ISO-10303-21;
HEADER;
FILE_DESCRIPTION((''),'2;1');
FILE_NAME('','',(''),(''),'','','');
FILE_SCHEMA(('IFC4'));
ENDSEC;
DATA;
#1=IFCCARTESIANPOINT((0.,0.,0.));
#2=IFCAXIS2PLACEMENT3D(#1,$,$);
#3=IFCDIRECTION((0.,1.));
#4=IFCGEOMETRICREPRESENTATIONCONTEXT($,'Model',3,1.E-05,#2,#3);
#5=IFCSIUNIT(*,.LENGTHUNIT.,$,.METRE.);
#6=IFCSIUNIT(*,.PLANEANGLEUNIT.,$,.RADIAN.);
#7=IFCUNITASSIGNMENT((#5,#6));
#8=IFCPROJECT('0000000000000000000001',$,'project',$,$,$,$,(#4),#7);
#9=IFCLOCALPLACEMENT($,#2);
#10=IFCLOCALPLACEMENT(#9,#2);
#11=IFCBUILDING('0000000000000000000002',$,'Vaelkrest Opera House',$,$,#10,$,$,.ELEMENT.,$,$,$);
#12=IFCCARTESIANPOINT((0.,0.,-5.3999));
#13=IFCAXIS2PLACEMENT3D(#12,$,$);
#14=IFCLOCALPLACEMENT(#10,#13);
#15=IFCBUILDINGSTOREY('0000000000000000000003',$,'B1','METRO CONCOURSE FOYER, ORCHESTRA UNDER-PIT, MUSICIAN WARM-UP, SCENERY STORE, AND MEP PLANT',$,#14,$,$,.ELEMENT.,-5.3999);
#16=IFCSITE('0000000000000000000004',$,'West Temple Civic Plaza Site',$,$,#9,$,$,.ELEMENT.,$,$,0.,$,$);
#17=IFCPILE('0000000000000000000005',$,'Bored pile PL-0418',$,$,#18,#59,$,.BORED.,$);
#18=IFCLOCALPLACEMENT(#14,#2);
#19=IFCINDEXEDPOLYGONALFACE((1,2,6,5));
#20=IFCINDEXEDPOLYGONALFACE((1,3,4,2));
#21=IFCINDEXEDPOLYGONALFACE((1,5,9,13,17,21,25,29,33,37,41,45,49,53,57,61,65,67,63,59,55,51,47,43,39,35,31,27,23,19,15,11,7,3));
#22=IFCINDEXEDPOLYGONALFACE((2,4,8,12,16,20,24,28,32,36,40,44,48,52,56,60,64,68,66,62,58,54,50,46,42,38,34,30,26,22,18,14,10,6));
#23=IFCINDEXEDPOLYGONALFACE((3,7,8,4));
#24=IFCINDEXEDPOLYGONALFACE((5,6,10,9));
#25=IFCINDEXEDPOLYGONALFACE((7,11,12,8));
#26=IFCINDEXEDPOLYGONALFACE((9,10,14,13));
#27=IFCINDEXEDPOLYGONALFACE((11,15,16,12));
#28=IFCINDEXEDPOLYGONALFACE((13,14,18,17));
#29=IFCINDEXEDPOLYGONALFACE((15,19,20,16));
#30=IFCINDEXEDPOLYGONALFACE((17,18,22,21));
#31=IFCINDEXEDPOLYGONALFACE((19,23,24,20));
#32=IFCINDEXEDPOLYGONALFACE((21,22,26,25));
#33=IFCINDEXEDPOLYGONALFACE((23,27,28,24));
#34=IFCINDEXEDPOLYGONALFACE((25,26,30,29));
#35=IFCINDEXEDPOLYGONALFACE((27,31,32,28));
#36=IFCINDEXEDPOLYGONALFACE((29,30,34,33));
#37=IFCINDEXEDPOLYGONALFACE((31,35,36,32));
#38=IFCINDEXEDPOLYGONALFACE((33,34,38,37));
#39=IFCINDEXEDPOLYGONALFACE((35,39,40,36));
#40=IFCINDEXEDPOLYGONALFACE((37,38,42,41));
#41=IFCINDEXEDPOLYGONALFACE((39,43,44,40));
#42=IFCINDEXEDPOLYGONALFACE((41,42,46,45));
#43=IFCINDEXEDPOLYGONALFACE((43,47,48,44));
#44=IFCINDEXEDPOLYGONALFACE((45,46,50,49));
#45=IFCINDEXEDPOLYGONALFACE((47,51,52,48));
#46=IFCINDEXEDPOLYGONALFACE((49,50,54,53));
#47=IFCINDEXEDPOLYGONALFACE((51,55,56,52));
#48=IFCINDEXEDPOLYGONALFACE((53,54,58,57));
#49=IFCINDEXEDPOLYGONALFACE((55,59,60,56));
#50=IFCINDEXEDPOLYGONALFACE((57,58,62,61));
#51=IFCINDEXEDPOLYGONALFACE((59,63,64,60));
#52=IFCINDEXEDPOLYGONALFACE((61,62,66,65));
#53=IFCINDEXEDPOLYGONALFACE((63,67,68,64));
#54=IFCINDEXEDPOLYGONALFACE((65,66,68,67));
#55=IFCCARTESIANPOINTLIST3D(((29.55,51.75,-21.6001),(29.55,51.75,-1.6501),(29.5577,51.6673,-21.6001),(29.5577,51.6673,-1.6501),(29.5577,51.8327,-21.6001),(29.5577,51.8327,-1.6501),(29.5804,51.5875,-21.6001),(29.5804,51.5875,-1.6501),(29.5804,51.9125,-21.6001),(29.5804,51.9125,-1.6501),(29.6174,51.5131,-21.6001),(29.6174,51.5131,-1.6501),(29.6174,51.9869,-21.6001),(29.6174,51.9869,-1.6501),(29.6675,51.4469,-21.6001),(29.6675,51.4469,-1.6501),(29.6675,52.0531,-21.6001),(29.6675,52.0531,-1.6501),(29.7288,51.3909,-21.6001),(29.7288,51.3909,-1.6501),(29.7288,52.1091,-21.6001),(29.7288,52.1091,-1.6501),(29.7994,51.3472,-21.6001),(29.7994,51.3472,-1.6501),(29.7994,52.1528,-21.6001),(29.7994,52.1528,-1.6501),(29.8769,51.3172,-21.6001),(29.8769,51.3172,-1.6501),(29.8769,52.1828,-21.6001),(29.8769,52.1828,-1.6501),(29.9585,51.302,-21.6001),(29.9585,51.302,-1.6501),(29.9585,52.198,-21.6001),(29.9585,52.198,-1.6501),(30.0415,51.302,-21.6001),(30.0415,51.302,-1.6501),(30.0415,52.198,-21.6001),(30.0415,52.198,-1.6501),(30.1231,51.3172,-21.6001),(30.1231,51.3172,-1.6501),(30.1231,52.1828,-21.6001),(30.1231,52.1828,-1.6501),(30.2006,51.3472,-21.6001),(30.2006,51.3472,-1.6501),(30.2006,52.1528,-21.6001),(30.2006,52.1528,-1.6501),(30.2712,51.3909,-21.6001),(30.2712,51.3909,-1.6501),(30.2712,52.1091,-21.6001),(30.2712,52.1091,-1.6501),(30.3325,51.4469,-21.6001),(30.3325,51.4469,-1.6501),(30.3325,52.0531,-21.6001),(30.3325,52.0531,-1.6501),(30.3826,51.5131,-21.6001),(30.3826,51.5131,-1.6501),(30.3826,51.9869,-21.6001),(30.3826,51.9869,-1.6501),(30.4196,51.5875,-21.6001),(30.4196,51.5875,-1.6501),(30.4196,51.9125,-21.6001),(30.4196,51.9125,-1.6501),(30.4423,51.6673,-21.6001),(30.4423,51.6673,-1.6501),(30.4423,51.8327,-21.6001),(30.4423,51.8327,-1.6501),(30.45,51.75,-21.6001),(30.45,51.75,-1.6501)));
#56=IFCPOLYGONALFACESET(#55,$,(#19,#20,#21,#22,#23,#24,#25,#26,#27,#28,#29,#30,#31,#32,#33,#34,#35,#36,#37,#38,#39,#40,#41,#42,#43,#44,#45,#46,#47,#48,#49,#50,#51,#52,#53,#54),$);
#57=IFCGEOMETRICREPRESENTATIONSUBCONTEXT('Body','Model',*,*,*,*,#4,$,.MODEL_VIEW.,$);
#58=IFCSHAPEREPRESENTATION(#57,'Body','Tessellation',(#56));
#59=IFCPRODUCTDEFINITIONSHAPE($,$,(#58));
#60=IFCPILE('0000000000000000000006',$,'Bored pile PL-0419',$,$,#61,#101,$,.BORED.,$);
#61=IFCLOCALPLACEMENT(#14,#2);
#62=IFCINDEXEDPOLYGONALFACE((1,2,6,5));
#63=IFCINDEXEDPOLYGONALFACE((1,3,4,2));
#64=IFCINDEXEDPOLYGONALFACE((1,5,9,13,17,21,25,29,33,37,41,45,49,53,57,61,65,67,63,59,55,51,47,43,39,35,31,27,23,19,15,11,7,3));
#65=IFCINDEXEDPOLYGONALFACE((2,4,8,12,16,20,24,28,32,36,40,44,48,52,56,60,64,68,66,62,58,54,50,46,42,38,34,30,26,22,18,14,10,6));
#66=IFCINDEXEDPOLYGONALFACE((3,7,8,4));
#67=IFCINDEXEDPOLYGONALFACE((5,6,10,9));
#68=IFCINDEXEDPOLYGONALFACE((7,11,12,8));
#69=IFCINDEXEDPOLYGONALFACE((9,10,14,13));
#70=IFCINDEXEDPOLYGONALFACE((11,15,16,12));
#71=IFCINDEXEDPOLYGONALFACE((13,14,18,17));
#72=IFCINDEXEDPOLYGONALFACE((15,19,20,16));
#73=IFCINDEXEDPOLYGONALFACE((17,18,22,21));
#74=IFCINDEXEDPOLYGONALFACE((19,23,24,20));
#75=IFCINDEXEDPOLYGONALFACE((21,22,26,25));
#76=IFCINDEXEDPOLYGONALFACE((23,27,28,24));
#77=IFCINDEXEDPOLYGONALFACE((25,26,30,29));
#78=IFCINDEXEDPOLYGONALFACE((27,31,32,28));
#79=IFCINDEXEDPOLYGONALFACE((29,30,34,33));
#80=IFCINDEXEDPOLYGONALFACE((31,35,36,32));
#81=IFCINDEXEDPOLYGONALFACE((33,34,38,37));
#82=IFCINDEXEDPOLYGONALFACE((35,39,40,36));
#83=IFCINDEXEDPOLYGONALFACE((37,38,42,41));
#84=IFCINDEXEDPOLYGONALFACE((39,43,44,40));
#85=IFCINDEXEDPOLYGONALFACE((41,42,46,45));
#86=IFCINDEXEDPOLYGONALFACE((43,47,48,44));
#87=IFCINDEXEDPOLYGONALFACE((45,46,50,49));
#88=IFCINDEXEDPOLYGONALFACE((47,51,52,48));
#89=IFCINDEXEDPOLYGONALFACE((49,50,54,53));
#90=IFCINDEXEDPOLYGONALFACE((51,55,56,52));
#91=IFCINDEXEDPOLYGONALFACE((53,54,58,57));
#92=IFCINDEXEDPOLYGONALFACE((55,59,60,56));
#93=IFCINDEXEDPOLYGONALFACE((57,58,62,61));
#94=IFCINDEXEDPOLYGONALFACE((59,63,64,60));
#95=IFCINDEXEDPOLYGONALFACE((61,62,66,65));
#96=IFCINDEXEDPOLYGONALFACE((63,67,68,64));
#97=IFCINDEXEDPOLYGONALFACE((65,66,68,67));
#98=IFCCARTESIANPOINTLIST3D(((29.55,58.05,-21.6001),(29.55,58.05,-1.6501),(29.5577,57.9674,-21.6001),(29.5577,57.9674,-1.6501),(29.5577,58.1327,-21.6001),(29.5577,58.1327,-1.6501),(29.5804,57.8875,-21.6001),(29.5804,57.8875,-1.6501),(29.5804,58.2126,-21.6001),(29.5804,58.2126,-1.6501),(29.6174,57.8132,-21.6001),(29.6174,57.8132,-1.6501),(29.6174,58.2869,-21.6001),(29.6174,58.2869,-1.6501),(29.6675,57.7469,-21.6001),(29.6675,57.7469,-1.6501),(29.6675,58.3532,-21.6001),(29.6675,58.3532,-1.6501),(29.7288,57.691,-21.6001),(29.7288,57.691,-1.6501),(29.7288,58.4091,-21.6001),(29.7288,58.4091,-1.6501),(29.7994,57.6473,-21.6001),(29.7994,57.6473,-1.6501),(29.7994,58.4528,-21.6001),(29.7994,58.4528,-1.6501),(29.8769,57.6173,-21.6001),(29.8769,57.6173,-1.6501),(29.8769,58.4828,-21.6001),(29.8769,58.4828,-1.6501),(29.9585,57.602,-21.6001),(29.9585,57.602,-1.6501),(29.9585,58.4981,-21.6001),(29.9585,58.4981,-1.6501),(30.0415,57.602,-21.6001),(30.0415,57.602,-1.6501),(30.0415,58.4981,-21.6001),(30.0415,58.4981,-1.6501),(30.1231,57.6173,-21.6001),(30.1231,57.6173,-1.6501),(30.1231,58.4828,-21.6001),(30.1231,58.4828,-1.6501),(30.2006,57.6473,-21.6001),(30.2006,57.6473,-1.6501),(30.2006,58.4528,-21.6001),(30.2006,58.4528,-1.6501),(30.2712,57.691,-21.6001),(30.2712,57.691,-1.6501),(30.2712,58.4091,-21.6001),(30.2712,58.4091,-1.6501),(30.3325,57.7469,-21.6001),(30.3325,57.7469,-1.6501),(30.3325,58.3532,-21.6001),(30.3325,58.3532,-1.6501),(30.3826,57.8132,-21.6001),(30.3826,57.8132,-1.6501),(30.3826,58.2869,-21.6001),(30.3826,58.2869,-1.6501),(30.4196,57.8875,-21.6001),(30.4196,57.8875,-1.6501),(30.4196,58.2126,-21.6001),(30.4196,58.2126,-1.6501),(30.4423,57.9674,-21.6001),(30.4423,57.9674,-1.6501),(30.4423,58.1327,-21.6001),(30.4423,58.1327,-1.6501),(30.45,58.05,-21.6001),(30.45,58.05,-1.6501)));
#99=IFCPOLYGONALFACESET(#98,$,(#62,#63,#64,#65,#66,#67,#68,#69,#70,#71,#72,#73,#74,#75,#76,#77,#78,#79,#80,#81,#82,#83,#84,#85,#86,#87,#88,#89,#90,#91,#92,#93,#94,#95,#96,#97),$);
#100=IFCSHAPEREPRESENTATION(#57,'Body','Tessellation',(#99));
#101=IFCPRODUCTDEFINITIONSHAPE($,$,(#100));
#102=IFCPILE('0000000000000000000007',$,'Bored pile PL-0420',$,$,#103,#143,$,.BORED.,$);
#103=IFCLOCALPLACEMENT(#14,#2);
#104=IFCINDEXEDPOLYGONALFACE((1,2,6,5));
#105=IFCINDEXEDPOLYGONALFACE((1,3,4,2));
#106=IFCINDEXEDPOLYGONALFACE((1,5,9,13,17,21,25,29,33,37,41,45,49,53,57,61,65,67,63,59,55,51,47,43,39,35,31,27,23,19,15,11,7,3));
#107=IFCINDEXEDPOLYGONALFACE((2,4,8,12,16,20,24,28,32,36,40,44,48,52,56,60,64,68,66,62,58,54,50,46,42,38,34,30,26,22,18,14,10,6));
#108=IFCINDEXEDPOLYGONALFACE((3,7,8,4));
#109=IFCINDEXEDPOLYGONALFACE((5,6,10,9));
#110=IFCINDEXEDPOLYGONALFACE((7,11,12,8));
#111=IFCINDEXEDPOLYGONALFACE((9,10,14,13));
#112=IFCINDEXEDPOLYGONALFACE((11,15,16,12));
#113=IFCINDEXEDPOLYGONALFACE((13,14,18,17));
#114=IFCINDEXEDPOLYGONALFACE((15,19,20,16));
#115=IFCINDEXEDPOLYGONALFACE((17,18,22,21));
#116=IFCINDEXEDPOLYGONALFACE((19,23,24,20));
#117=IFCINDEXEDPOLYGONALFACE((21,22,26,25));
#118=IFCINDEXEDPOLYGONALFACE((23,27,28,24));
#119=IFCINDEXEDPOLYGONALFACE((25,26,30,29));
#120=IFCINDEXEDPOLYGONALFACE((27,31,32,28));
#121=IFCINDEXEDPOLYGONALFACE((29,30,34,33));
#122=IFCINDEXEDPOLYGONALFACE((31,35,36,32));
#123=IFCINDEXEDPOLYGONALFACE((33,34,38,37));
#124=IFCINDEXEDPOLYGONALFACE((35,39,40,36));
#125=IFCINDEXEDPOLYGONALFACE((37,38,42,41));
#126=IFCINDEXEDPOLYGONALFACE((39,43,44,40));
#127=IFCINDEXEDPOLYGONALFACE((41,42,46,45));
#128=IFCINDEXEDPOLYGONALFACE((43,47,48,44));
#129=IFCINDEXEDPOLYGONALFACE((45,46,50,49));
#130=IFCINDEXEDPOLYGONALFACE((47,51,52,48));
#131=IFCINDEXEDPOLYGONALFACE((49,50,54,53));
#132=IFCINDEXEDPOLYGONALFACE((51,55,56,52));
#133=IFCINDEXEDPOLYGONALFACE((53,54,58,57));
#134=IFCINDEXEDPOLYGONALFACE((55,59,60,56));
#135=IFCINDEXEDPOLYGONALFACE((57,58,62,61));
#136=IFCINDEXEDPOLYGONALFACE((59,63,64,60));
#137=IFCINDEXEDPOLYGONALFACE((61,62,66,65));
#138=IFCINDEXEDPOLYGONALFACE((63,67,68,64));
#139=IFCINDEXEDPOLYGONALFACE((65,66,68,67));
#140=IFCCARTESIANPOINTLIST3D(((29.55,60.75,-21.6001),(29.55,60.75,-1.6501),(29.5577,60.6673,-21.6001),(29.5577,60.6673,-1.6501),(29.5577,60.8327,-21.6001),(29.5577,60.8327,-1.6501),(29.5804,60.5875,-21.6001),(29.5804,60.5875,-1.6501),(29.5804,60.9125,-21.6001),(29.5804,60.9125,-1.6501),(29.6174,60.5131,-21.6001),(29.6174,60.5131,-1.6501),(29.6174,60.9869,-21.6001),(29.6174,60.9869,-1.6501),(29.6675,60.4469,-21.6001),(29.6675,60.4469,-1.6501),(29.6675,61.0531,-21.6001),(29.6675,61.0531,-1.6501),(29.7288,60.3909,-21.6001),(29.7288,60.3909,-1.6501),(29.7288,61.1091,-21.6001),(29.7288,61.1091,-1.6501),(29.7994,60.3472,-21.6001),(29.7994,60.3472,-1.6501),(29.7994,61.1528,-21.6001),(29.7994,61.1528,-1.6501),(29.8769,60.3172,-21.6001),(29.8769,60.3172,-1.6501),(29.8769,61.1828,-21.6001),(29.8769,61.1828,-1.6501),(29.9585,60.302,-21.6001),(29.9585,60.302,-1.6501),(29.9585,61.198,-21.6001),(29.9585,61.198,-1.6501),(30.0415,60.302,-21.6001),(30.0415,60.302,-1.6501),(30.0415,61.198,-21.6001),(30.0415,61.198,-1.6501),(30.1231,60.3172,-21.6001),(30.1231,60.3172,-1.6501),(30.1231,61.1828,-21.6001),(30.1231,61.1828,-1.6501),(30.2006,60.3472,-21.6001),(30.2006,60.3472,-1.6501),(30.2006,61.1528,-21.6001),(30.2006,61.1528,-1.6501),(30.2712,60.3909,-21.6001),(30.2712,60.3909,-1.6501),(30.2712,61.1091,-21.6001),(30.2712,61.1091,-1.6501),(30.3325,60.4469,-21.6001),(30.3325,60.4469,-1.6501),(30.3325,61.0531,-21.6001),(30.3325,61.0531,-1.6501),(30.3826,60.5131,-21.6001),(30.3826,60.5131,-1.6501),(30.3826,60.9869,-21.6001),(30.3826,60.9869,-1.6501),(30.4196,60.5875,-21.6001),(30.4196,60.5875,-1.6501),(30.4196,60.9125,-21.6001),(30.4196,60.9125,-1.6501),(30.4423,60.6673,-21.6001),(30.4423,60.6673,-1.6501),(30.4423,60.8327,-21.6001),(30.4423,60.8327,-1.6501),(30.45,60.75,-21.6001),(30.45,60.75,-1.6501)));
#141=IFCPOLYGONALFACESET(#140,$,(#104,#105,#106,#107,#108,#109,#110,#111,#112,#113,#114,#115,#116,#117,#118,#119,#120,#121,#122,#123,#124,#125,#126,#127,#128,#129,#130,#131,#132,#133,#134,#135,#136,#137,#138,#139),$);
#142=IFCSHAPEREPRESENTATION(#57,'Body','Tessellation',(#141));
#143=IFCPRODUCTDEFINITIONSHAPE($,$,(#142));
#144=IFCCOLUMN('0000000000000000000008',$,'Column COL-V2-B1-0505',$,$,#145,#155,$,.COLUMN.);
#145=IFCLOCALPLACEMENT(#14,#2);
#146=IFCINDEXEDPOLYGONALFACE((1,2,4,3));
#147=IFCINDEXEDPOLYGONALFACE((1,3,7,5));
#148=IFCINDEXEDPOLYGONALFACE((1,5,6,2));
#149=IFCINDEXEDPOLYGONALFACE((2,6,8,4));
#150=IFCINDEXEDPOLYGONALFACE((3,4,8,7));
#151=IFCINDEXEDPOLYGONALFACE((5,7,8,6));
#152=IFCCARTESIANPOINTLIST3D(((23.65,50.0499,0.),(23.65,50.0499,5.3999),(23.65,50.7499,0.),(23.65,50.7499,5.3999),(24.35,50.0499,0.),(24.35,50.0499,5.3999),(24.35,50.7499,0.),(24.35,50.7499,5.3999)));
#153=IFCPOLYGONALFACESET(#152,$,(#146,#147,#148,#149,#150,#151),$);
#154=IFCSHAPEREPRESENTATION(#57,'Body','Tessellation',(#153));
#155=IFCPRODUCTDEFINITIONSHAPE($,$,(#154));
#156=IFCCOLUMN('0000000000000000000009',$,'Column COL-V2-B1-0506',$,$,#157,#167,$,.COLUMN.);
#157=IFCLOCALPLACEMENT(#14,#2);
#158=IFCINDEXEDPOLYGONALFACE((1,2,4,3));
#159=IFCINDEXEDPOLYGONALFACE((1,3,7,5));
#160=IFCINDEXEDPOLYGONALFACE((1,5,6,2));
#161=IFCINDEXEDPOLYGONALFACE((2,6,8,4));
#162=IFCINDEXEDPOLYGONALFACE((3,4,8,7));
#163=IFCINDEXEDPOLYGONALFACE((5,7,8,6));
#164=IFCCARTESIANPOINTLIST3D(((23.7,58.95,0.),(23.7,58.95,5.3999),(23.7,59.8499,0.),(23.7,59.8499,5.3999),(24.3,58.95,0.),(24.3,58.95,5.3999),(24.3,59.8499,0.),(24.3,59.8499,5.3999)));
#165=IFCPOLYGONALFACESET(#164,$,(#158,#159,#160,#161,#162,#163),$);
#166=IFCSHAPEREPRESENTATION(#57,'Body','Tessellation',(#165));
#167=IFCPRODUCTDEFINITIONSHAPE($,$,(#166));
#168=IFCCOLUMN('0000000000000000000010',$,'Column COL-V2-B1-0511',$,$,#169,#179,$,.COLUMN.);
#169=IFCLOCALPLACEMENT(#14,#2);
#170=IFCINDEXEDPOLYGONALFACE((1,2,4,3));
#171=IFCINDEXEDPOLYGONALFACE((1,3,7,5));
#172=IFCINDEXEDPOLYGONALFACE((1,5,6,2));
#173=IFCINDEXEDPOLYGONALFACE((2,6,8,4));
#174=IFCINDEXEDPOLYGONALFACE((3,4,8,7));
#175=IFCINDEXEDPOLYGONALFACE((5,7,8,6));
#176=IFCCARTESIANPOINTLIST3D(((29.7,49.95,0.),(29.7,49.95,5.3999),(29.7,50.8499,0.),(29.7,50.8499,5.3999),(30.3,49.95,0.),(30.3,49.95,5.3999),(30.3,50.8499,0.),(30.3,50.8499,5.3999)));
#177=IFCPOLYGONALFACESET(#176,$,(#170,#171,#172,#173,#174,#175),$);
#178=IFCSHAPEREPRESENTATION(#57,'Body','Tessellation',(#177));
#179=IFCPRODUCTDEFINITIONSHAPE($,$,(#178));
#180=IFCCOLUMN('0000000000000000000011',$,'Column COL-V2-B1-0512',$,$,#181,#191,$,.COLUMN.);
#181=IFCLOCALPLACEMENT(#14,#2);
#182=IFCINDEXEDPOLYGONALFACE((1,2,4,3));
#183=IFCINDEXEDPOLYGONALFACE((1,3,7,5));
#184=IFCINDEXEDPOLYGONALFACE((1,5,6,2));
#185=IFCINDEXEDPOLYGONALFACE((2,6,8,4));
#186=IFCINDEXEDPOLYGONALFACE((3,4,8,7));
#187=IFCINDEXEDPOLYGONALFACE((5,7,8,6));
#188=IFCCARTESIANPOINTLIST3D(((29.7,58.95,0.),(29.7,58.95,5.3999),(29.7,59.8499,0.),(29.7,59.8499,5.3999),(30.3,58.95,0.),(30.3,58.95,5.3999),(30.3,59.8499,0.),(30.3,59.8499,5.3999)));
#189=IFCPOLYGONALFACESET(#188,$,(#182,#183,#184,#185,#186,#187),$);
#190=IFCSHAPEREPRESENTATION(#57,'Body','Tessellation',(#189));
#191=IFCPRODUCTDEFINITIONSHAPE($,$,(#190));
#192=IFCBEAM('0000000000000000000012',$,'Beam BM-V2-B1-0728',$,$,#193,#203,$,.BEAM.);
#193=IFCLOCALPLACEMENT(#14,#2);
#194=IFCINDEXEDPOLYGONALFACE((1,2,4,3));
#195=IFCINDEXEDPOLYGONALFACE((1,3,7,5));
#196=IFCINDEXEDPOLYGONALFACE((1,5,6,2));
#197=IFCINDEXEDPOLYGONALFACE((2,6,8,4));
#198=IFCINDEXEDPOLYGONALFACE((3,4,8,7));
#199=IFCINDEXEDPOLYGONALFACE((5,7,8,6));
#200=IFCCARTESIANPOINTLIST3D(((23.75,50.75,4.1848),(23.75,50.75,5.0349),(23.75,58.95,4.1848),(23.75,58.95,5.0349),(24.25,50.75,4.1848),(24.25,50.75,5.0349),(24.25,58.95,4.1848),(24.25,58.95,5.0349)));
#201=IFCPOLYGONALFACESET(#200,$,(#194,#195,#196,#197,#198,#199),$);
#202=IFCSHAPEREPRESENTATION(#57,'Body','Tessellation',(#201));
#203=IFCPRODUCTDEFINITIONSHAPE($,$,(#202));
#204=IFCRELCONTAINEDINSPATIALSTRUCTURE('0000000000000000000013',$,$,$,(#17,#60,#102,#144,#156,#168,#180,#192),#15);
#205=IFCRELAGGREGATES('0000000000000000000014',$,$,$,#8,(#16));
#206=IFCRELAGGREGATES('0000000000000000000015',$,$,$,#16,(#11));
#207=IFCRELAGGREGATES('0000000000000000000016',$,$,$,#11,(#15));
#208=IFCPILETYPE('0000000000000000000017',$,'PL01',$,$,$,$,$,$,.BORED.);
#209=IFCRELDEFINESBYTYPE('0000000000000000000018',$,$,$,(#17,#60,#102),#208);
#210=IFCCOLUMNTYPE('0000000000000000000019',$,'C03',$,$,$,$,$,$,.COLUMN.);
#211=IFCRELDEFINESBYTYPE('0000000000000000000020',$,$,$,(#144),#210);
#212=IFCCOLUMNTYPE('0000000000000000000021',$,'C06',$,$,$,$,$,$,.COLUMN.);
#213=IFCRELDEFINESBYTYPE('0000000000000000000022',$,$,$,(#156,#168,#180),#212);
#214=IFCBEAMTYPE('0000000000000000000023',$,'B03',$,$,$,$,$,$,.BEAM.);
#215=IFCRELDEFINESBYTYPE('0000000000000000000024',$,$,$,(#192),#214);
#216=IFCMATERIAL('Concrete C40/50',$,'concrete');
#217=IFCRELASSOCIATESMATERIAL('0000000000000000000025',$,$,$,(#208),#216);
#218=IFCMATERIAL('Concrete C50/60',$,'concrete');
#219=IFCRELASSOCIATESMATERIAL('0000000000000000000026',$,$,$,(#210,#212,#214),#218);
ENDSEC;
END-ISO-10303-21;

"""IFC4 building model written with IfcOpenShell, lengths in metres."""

from ifc_helpers import new_model, si_unit, direction, frame, origin, origin_2d, place, context, subcontext, project, spatial, rectangle, circle, extrude, material, material_profile, profile_set, type_object, element, save


model = new_model("IFC4")

# Units and contexts
model_context = context("Model", 3, precision=1e-05, world=origin(), true_north=direction((0.0, 1.0)))
body_context = subcontext(model_context, "Body", "Model", "MODEL_VIEW")
ifc_project = project(units=[si_unit("LENGTHUNIT", "METRE"), si_unit("PLANEANGLEUNIT", "RADIAN")], contexts=[model_context])

# Site, building, storey
site_placement = place(None, origin())
site = spatial("IfcSite", under=ifc_project, at=site_placement, Name="West Temple Civic Plaza Site", CompositionType="ELEMENT", RefElevation=0.0)
building_placement = place(site_placement, origin())
building = spatial("IfcBuilding", under=site, at=building_placement, Name="Vaelkrest Opera House", CompositionType="ELEMENT")
storey_placement = place(building_placement, frame((0.0, 0.0, -5.3999)))
storey = spatial("IfcBuildingStorey", under=building, at=storey_placement, Name="B1", Description="METRO CONCOURSE FOYER, ORCHESTRA UNDER-PIT, MUSICIAN WARM-UP, SCENERY STORE, AND MEP PLANT", CompositionType="ELEMENT", Elevation=-5.3999)

# Shared definitions
ifc_material_1 = material(Name="Concrete C40/50", Category="concrete")

# Piles
ifc_material_profile_1 = material_profile(ifc_material_1, circle(Radius=0.45, at=origin_2d()), Name="PILE900")
ifc_profile_set_1 = profile_set([ifc_material_profile_1], Name="Concrete C40/50")
pile_type = type_object("IfcPileType", Name="PL01", PredefinedType="BORED", material=ifc_profile_set_1)
for number, where, z_axis, x_axis, name in (
    (1, (30.0, 51.75, -1.6501), (0.0, 0.0, -1.0), (1.0, 0.0, 0.0), "Bored pile PL-0418"),
    (2, (30.0, 58.05, -1.6501), (0.0, 0.0, -1.0), (1.0, 0.0, 0.0), "Bored pile PL-0419"),
    (3, (30.0, 60.75, -1.6501), (0.0, 0.0, -1.0), (1.0, 0.0, 0.0), "Bored pile PL-0420"),
):
    element("IfcPile", number, at=place(storey_placement, frame(where, z_axis=z_axis, x_axis=x_axis)), inside=storey, type_object=pile_type, Name=name, PredefinedType="BORED", context=body_context, shape_type="SweptSolid", body=[
        extrude(circle(Radius=0.45, at=origin_2d()), origin(), (0.0, 0.0, 1.0), 19.95),
    ])

# Columns
ifc_material_2 = material(Name="Concrete C50/60", Category="concrete")
ifc_material_profile_2 = material_profile(ifc_material_2, rectangle(XDim=0.7, YDim=0.7, at=origin_2d()), Name="RC700X700")
ifc_profile_set_2 = profile_set([ifc_material_profile_2], Name="Concrete C50/60")
column_type_1 = type_object("IfcColumnType", Name="C03", PredefinedType="COLUMN", material=ifc_profile_set_2)
column_placement = place(storey_placement, frame((24.0, 50.3999, 0.0), z_axis=(0.0, 0.0, 1.0), x_axis=(1.0, 0.0, 0.0)))
element("IfcColumn", 4, at=column_placement, inside=storey, type_object=column_type_1, Name="Column COL-V2-B1-0505", PredefinedType="COLUMN", context=body_context, shape_type="SweptSolid", body=[
    extrude(rectangle(XDim=0.7, YDim=0.7, at=origin_2d()), origin(), (0.0, 0.0, 1.0), 5.3999),
])
ifc_material_profile_3 = material_profile(ifc_material_2, rectangle(XDim=0.6001, YDim=0.8999, at=origin_2d()), Name="RC600X900")
ifc_profile_set_3 = profile_set([ifc_material_profile_3], Name="Concrete C50/60")
column_type_2 = type_object("IfcColumnType", Name="C06", PredefinedType="COLUMN", material=ifc_profile_set_3)
for number, where, z_axis, x_axis, name in (
    (5, (24.0, 59.3999, 0.0), (0.0, 0.0, 1.0), (1.0, 0.0, 0.0), "Column COL-V2-B1-0506"),
    (6, (30.0, 50.3999, 0.0), (0.0, 0.0, 1.0), (1.0, 0.0, 0.0), "Column COL-V2-B1-0511"),
    (7, (30.0, 59.3999, 0.0), (0.0, 0.0, 1.0), (1.0, 0.0, 0.0), "Column COL-V2-B1-0512"),
):
    element("IfcColumn", number, at=place(storey_placement, frame(where, z_axis=z_axis, x_axis=x_axis)), inside=storey, type_object=column_type_2, Name=name, PredefinedType="COLUMN", context=body_context, shape_type="SweptSolid", body=[
        extrude(rectangle(XDim=0.6001, YDim=0.8999, at=origin_2d()), origin(), (0.0, 0.0, 1.0), 5.3999),
    ])

# Beam
ifc_material_profile_4 = material_profile(ifc_material_2, rectangle(XDim=0.5, YDim=0.8501, at=origin_2d()), Name="RCB500X850")
ifc_profile_set_4 = profile_set([ifc_material_profile_4], Name="Concrete C50/60")
beam_type_1 = type_object("IfcBeamType", Name="B03", PredefinedType="BEAM", material=ifc_profile_set_4)
beam_1_placement = place(storey_placement, frame((24.0, 50.75, 4.6099), z_axis=(0.0, 1.0, 0.0), x_axis=(-1.0, 0.0, 0.0)))
element("IfcBeam", 8, at=beam_1_placement, inside=storey, type_object=beam_type_1, Name="Beam BM-V2-B1-0728", PredefinedType="BEAM", context=body_context, shape_type="SweptSolid", body=[
    extrude(rectangle(XDim=0.5, YDim=0.8501, at=origin_2d()), origin(), (0.0, 0.0, 1.0), 8.2),
])

save(model, "model.ifc")
